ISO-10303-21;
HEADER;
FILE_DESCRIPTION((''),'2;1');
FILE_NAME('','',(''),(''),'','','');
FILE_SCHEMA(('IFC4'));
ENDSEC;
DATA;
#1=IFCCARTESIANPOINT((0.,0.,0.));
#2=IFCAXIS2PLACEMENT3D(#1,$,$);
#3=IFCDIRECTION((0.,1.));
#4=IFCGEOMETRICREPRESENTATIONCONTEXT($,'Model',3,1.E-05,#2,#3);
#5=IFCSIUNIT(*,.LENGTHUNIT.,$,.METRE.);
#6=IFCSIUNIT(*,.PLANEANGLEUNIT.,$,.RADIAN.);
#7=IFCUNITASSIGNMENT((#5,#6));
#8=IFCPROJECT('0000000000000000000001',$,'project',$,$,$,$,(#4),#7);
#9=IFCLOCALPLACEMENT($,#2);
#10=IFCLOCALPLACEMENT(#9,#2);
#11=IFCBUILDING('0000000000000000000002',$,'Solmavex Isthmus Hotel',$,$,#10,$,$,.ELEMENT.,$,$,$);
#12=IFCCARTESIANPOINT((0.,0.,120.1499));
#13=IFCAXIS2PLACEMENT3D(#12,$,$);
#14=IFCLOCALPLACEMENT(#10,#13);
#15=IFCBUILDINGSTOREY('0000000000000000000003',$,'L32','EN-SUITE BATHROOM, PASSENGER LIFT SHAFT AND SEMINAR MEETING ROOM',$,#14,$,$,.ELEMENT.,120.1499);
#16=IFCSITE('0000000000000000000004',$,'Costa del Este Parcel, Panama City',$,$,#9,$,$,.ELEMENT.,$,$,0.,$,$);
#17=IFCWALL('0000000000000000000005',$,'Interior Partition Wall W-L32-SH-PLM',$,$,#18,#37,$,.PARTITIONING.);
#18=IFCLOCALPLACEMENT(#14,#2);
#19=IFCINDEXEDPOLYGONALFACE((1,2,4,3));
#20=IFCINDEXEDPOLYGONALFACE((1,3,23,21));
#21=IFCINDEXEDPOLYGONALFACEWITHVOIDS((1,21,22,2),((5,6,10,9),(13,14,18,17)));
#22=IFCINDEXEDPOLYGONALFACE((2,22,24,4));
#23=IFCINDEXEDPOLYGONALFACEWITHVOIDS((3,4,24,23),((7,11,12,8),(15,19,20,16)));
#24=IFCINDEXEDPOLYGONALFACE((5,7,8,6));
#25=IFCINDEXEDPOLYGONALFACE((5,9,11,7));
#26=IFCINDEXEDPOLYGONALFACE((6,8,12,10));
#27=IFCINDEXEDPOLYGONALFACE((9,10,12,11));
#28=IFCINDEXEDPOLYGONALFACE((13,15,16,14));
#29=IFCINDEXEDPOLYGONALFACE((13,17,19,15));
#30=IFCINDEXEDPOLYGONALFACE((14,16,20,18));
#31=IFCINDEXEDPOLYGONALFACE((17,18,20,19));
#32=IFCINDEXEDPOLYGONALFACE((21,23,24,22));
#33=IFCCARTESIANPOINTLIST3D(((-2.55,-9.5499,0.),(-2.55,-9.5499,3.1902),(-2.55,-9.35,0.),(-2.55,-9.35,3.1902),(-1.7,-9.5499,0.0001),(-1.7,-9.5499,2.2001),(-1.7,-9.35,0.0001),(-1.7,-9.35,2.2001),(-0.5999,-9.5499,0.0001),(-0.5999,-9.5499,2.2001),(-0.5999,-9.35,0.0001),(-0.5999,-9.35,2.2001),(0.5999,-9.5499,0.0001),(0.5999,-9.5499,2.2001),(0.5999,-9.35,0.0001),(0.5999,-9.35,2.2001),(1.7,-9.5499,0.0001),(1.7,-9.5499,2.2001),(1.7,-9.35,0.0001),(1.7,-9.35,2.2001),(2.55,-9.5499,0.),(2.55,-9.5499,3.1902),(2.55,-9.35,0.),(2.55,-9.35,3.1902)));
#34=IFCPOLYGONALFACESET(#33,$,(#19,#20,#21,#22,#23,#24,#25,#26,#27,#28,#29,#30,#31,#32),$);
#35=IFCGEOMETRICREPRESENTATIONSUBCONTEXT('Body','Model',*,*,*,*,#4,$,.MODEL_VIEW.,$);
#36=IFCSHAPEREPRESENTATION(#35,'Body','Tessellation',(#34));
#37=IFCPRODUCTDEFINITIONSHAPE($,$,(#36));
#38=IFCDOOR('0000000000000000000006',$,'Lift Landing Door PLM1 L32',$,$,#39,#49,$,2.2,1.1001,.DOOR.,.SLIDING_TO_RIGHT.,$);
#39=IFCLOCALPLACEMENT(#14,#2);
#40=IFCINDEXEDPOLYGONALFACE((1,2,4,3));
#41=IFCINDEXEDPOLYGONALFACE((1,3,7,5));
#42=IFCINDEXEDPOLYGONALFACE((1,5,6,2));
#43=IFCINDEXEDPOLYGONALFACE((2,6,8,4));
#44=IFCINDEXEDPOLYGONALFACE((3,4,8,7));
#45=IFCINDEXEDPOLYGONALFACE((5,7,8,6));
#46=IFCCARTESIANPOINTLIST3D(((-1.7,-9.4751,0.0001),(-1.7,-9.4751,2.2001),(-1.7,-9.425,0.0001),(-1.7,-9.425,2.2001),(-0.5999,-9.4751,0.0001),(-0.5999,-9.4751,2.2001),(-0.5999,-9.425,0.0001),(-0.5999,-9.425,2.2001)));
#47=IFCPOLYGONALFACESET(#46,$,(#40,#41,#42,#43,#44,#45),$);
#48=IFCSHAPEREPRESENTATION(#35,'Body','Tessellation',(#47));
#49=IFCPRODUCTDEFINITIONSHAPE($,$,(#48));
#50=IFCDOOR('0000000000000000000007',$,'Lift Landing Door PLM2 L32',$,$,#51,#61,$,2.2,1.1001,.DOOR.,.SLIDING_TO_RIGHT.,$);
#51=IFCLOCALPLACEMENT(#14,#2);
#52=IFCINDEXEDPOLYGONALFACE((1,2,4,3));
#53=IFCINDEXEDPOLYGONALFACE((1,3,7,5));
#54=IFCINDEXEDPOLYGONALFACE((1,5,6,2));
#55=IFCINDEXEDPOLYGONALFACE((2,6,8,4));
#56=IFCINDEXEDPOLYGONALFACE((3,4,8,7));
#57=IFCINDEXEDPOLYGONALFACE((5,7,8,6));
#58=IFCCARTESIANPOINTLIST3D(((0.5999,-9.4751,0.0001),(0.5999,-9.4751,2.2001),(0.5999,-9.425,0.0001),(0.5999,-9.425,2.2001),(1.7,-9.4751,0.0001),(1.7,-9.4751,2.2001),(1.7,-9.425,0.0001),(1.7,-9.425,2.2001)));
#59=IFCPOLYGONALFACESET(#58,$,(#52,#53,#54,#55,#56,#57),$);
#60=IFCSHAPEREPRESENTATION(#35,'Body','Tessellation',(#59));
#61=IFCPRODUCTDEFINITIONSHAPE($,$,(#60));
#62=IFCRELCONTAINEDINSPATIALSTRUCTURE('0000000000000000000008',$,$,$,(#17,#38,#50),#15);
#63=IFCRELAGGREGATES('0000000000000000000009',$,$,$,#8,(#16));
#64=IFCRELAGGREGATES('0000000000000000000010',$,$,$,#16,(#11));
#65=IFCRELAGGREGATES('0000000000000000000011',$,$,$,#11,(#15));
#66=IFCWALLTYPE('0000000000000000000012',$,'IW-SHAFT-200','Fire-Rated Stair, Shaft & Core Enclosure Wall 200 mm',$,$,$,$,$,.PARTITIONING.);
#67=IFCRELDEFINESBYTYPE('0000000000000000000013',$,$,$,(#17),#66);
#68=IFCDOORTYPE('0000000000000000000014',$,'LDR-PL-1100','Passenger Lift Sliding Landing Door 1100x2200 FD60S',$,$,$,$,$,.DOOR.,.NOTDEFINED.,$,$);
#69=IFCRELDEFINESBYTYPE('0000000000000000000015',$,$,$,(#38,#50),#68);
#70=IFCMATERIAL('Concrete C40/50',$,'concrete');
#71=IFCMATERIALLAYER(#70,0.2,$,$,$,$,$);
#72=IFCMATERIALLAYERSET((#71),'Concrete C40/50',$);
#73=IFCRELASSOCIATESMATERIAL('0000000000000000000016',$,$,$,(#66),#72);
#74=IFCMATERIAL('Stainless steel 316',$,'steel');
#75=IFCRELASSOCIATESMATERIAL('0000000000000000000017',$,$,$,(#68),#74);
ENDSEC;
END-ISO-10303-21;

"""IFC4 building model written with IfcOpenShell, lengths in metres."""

from ifc_helpers import new_model, si_unit, direction, frame, frame_2d, origin, place, context, subcontext, project, spatial, rectangle, extrude, material, layer, layer_set, type_object, element, fill, save


model = new_model("IFC4")

# Units and contexts
model_context = context("Model", 3, precision=1e-05, world=origin(), true_north=direction((0.0, 1.0)))
body_context = subcontext(model_context, "Body", "Model", "MODEL_VIEW")
ifc_project = project(units=[si_unit("LENGTHUNIT", "METRE"), si_unit("PLANEANGLEUNIT", "RADIAN")], contexts=[model_context])

# Site, building, storey
site_placement = place(None, origin())
site = spatial("IfcSite", under=ifc_project, at=site_placement, Name="Costa del Este Parcel, Panama City", CompositionType="ELEMENT", RefElevation=0.0)
building_placement = place(site_placement, origin())
building = spatial("IfcBuilding", under=site, at=building_placement, Name="Solmavex Isthmus Hotel", CompositionType="ELEMENT")
storey_placement = place(building_placement, frame((0.0, 0.0, 120.1499)))
storey = spatial("IfcBuildingStorey", under=building, at=storey_placement, Name="L32", Description="EN-SUITE BATHROOM, PASSENGER LIFT SHAFT AND SEMINAR MEETING ROOM", CompositionType="ELEMENT", Elevation=120.1499)

# Shared definitions
ifc_material_1 = material(Name="Concrete C40/50", Category="concrete")
ifc_layer_1 = layer(ifc_material_1, 0.2)
ifc_layer_set_1 = layer_set([ifc_layer_1], Name="Concrete C40/50")
wall_type_1 = type_object("IfcWallType", Name="IW-SHAFT-200", Description="Fire-Rated Stair, Shaft & Core Enclosure Wall 200 mm", PredefinedType="PARTITIONING", material=ifc_layer_set_1)

# Wall, openings, doors
ifc_material_2 = material(Name="Stainless steel 316", Category="steel")
wall_1_placement = place(storey_placement, frame((-2.55, -9.45, 0.0), z_axis=(0.0, 0.0, 1.0), x_axis=(1.0, 0.0, 0.0)))
wall_1 = element("IfcWall", 1, at=wall_1_placement, inside=storey, type_object=wall_type_1, Name="Interior Partition Wall W-L32-SH-PLM", PredefinedType="PARTITIONING", context=body_context, shape_type="SweptSolid", body=[
    extrude(rectangle(XDim=5.1001, YDim=0.2, at=frame_2d((2.55, 0.0))), origin(), (0.0, 0.0, 1.0), 3.1902),
])
opening_1_placement = place(wall_1_placement, frame((0.8501, 0.0, 0.0)))
opening_1 = element("IfcOpeningElement", 2, at=opening_1_placement, cuts=wall_1, PredefinedType="OPENING", context=body_context, shape_type="SweptSolid", body=[
    extrude(rectangle(XDim=1.1001, YDim=2.2, at=frame_2d((0.55, 1.1001))), frame((0.0, 0.1099, 0.0), z_axis=(0.0, -1.0, 0.0), x_axis=(1.0, 0.0, 0.0)), (0.0, 0.0, 1.0), 0.22),
])
opening_2_placement = place(wall_1_placement, frame((3.1499, 0.0, 0.0)))
opening_2 = element("IfcOpeningElement", 3, at=opening_2_placement, cuts=wall_1, PredefinedType="OPENING", context=body_context, shape_type="SweptSolid", body=[
    extrude(rectangle(XDim=1.1001, YDim=2.2, at=frame_2d((0.55, 1.1001))), frame((0.0, 0.1099, 0.0), z_axis=(0.0, -1.0, 0.0), x_axis=(1.0, 0.0, 0.0)), (0.0, 0.0, 1.0), 0.22),
])
door_type_1 = type_object("IfcDoorType", Name="LDR-PL-1100", Description="Passenger Lift Sliding Landing Door 1100x2200 FD60S", OperationType="NOTDEFINED", PredefinedType="DOOR", material=ifc_material_2)
door_1_placement = place(opening_1_placement, origin())
door_1 = element("IfcDoor", 4, at=door_1_placement, inside=storey, type_object=door_type_1, Name="Lift Landing Door PLM1 L32", OperationType="SLIDING_TO_RIGHT", OverallHeight=2.2, OverallWidth=1.1001, PredefinedType="DOOR", context=body_context, shape_type="SweptSolid", body=[
    extrude(rectangle(XDim=1.1001, YDim=2.2, at=frame_2d((0.55, 1.1001))), frame((0.0, 0.0249, 0.0), z_axis=(0.0, -1.0, 0.0), x_axis=(1.0, 0.0, 0.0)), (0.0, 0.0, 1.0), 0.05),
])
fill(opening_1, door_1)
door_2_placement = place(opening_2_placement, origin())
door_2 = element("IfcDoor", 5, at=door_2_placement, inside=storey, type_object=door_type_1, Name="Lift Landing Door PLM2 L32", OperationType="SLIDING_TO_RIGHT", OverallHeight=2.2, OverallWidth=1.1001, PredefinedType="DOOR", context=body_context, shape_type="SweptSolid", body=[
    extrude(rectangle(XDim=1.1001, YDim=2.2, at=frame_2d((0.55, 1.1001))), frame((0.0, 0.0249, 0.0), z_axis=(0.0, -1.0, 0.0), x_axis=(1.0, 0.0, 0.0)), (0.0, 0.0, 1.0), 0.05),
])
fill(opening_2, door_2)

save(model, "model.ifc")
